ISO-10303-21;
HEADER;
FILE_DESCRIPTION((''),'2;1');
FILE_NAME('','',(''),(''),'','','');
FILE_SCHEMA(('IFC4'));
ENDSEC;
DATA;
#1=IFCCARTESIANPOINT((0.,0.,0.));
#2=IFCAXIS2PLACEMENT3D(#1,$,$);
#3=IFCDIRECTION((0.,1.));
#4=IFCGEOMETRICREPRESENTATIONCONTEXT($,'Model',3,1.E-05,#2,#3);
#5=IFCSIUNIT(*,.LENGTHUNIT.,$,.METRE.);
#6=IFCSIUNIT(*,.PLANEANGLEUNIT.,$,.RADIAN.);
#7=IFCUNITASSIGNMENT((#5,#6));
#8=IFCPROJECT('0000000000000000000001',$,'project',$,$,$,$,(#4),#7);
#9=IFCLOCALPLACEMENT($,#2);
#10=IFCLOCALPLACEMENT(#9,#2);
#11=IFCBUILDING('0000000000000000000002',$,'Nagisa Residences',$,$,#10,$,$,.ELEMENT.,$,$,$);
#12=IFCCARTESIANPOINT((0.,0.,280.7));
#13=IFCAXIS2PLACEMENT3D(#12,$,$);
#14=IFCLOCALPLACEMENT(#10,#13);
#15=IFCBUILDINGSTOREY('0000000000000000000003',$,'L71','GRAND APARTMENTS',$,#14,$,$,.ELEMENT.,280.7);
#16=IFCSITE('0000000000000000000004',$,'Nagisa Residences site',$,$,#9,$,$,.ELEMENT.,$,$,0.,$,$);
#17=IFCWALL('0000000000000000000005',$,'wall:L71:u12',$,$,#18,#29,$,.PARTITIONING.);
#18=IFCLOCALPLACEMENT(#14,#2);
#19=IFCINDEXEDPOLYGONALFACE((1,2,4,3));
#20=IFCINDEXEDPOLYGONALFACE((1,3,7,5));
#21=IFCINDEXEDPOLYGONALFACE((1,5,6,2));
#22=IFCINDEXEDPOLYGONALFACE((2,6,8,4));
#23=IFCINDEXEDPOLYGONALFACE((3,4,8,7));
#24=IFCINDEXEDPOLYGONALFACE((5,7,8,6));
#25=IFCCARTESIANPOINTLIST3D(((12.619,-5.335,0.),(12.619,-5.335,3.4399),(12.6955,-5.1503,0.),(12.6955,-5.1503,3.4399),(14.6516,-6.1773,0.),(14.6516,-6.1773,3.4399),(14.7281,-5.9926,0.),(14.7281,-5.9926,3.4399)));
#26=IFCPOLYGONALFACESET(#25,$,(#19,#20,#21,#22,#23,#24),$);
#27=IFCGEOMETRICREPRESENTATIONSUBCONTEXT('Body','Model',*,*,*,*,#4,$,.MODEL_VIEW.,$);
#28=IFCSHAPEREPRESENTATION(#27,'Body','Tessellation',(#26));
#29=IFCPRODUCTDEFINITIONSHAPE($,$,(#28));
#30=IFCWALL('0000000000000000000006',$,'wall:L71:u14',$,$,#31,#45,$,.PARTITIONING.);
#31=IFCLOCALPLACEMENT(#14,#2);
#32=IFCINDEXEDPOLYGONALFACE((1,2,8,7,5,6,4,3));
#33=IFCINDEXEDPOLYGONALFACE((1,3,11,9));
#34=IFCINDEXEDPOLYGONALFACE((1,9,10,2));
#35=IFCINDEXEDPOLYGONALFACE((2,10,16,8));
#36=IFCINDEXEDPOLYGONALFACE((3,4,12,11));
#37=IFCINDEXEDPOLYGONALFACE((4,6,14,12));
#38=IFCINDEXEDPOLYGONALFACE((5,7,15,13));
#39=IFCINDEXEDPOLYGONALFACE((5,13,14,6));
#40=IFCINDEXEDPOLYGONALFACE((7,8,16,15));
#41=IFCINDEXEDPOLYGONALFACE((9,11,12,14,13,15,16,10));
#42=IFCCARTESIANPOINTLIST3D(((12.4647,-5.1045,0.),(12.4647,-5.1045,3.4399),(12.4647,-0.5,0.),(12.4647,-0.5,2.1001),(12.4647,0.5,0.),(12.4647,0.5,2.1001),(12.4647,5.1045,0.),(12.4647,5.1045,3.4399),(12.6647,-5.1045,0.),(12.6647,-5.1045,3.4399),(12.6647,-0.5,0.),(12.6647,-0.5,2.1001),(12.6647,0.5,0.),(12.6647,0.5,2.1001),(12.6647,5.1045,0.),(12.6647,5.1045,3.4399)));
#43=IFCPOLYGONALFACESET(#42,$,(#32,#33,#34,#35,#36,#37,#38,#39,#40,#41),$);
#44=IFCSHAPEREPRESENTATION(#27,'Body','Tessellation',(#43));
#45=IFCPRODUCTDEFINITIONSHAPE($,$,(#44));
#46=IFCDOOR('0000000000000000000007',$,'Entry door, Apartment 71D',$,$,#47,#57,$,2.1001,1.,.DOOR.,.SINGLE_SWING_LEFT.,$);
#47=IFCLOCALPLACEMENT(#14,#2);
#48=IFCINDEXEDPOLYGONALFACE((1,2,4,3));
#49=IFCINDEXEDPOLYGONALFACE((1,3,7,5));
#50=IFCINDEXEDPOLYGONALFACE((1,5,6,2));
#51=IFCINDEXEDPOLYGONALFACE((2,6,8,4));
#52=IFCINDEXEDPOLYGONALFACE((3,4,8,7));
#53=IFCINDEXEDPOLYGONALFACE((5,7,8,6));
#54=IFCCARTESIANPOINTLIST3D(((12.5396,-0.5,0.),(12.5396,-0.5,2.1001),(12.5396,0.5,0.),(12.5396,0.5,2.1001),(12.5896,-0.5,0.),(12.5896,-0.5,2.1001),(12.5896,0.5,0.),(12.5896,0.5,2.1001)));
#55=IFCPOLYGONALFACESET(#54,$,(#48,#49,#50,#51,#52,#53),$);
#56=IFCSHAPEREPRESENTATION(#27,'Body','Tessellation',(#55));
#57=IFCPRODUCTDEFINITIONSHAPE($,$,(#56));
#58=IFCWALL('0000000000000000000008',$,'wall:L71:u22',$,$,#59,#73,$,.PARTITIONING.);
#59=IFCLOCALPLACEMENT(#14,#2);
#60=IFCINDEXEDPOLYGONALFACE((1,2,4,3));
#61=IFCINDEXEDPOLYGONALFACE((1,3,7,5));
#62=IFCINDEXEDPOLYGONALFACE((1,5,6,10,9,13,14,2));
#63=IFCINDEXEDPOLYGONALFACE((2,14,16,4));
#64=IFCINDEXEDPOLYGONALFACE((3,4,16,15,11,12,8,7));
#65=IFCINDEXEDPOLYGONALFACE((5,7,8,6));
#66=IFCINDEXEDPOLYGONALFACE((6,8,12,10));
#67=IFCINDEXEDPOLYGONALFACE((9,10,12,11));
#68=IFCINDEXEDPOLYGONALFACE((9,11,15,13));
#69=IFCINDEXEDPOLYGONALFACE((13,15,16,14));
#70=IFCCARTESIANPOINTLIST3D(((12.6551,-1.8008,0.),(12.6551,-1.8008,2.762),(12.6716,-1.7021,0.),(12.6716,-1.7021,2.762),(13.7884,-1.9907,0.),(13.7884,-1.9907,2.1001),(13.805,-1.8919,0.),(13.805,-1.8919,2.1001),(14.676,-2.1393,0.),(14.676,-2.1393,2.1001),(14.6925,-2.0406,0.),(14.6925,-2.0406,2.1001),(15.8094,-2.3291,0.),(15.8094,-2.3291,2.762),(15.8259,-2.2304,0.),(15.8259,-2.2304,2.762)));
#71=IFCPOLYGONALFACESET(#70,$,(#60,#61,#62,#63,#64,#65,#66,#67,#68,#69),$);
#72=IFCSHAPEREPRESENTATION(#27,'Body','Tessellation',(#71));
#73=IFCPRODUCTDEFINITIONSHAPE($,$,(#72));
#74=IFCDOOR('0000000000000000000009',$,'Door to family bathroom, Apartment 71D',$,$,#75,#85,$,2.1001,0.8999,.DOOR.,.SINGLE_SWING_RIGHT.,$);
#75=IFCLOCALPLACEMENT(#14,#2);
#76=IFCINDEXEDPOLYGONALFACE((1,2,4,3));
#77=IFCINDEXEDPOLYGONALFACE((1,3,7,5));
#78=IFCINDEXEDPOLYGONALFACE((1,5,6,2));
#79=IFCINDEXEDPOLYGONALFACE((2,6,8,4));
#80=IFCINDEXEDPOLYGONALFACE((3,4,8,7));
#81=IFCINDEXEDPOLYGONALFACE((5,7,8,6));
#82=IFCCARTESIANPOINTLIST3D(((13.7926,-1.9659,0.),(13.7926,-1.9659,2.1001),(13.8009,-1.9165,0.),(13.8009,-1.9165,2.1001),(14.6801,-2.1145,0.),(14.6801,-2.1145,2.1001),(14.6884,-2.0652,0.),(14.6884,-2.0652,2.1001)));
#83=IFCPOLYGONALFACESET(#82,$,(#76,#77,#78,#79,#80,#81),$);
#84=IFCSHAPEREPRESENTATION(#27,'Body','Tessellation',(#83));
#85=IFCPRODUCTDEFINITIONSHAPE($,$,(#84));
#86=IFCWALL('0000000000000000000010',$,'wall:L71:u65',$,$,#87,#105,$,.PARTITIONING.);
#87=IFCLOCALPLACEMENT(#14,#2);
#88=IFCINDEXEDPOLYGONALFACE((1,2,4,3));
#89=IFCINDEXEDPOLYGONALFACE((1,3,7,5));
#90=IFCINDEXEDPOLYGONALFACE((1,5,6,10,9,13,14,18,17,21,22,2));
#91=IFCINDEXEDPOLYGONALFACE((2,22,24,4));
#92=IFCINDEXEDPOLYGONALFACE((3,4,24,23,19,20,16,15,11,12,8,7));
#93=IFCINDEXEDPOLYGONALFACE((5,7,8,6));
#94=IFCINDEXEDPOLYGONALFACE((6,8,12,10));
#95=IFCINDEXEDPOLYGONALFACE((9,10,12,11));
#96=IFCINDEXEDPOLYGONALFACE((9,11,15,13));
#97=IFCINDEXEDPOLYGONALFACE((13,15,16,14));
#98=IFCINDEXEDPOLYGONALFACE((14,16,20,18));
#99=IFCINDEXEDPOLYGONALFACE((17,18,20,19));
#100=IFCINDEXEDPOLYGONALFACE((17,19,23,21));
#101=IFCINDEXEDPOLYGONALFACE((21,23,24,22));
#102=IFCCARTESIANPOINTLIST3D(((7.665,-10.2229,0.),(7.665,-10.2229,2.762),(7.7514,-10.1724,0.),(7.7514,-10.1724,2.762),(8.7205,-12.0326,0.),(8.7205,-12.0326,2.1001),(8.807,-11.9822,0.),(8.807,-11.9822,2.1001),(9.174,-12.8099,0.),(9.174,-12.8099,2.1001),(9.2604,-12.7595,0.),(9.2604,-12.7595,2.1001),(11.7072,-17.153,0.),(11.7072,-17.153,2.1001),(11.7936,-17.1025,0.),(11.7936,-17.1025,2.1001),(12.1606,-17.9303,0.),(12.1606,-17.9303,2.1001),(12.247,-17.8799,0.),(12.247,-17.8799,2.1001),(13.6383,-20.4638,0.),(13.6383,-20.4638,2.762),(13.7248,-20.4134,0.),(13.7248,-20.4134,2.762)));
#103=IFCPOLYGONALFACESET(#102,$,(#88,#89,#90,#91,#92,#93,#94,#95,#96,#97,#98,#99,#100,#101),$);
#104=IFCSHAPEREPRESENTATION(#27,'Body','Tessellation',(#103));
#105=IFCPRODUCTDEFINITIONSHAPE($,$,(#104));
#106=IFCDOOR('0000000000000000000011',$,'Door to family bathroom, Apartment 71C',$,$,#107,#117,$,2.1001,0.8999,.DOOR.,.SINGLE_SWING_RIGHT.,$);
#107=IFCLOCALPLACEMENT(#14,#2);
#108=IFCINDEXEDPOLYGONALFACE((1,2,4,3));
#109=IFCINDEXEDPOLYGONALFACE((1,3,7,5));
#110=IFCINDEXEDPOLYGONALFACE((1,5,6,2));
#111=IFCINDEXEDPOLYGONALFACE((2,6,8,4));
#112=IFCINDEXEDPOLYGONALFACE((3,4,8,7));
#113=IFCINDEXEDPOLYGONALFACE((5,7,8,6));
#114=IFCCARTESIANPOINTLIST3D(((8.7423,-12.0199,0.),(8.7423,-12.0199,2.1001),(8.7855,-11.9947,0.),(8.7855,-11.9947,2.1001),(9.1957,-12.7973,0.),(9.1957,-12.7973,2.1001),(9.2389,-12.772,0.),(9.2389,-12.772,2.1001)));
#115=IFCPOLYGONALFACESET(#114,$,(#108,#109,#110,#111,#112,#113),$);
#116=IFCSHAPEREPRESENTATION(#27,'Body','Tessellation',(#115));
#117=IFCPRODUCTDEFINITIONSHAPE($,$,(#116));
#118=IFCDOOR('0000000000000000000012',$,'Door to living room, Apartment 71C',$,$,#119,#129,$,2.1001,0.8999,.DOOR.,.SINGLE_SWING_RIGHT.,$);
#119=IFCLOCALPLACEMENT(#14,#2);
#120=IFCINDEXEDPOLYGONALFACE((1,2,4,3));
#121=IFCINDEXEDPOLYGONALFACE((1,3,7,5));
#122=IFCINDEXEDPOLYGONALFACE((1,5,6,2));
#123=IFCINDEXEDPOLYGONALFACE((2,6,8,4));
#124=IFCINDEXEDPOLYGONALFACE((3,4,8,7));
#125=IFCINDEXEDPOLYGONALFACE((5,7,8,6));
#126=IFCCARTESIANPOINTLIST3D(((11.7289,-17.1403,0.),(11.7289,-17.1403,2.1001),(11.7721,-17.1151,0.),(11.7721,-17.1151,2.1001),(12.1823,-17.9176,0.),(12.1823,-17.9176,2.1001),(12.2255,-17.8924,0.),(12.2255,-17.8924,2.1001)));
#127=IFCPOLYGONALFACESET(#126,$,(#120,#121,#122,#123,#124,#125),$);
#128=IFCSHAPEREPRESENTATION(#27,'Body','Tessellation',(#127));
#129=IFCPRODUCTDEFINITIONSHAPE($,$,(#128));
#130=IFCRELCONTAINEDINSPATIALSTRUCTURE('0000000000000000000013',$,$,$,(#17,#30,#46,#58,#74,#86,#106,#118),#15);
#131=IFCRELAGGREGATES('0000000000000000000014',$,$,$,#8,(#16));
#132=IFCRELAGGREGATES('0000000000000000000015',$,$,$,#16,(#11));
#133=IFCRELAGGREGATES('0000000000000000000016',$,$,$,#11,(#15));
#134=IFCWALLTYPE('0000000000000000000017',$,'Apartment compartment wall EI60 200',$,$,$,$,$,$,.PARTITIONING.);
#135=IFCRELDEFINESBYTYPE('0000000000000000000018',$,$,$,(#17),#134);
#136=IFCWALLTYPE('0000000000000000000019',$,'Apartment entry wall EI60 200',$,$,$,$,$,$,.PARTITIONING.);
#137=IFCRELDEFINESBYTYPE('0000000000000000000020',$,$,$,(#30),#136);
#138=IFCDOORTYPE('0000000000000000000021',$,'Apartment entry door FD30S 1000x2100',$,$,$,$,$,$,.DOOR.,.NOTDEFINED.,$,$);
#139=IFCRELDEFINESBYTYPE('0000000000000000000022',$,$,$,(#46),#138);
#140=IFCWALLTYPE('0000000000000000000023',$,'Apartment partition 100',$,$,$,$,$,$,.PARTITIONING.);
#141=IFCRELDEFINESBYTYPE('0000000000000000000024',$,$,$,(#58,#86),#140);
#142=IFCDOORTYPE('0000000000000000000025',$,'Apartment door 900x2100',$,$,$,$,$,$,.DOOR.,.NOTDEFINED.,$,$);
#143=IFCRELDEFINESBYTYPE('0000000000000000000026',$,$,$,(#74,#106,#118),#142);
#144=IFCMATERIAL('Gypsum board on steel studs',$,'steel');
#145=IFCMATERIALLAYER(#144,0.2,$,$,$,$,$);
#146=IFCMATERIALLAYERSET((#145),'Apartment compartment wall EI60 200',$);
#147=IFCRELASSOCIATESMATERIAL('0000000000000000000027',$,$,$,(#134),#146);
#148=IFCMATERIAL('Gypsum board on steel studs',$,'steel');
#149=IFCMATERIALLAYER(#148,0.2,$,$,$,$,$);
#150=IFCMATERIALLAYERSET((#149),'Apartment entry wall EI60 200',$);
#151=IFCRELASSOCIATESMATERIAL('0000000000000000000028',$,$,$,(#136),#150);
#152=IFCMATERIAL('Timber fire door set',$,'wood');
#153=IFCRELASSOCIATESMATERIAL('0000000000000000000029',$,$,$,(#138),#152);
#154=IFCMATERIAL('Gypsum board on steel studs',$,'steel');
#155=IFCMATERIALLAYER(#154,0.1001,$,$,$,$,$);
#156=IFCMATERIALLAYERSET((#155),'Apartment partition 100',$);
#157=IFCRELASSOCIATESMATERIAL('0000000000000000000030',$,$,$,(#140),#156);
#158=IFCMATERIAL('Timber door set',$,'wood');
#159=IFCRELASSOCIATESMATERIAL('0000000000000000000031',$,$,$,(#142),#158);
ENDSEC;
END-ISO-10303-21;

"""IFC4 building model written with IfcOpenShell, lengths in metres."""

from ifc_helpers import new_model, si_unit, direction, frame, frame_2d, origin, place, context, subcontext, project, spatial, rectangle, extrude, material, layer, layer_set, type_object, element, fill, save


model = new_model("IFC4")

# Units and contexts
model_context = context("Model", 3, precision=1e-05, world=origin(), true_north=direction((0.0, 1.0)))
body_context = subcontext(model_context, "Body", "Model", "MODEL_VIEW")
ifc_project = project(units=[si_unit("LENGTHUNIT", "METRE"), si_unit("PLANEANGLEUNIT", "RADIAN")], contexts=[model_context])

# Site, building, storey
site_placement = place(None, origin())
site = spatial("IfcSite", under=ifc_project, at=site_placement, Name="Nagisa Residences site", CompositionType="ELEMENT", RefElevation=0.0)
building_placement = place(site_placement, origin())
building = spatial("IfcBuilding", under=site, at=building_placement, Name="Nagisa Residences", CompositionType="ELEMENT")
storey_placement = place(building_placement, frame((0.0, 0.0, 280.7)))
storey = spatial("IfcBuildingStorey", under=building, at=storey_placement, Name="L71", Description="GRAND APARTMENTS", CompositionType="ELEMENT", Elevation=280.7)

# Wall
ifc_material_1 = material(Name="Gypsum board on steel studs", Category="steel")
ifc_layer_1 = layer(ifc_material_1, 0.2)
ifc_layer_set_1 = layer_set([ifc_layer_1], Name="Apartment compartment wall EI60 200")
wall_type_1 = type_object("IfcWallType", Name="Apartment compartment wall EI60 200", PredefinedType="PARTITIONING", material=ifc_layer_set_1)
wall_1_placement = place(storey_placement, frame((12.6572, -5.2427, 0.0), z_axis=(0.0, 0.0, 1.0), x_axis=(0.92383, -0.382803, 0.0)))
element("IfcWall", 1, at=wall_1_placement, inside=storey, type_object=wall_type_1, Name="wall:L71:u12", PredefinedType="PARTITIONING", context=body_context, shape_type="SweptSolid", body=[
    extrude(rectangle(XDim=2.2002, YDim=0.2, at=frame_2d((1.1001, 0.0))), origin(), (0.0, 0.0, 1.0), 3.4399),
])

# Walls, openings, doors
ifc_material_2 = material(Name="Gypsum board on steel studs", Category="steel")
ifc_layer_2 = layer(ifc_material_2, 0.2)
ifc_layer_set_2 = layer_set([ifc_layer_2], Name="Apartment entry wall EI60 200")
wall_type_2 = type_object("IfcWallType", Name="Apartment entry wall EI60 200", PredefinedType="PARTITIONING", material=ifc_layer_set_2)
wall_2_placement = place(storey_placement, frame((12.5647, -5.1045, 0.0), z_axis=(0.0, 0.0, 1.0), x_axis=(0.0, 1.0, 0.0)))
wall_2 = element("IfcWall", 2, at=wall_2_placement, inside=storey, type_object=wall_type_2, Name="wall:L71:u14", PredefinedType="PARTITIONING", context=body_context, shape_type="SweptSolid", body=[
    extrude(rectangle(XDim=10.209, YDim=0.2, at=frame_2d((5.1045, 0.0))), origin(), (0.0, 0.0, 1.0), 3.4399),
])
opening_1_placement = place(wall_2_placement, frame((4.6045, 0.0, 0.0)))
opening_1 = element("IfcOpeningElement", 3, at=opening_1_placement, cuts=wall_2, PredefinedType="OPENING", context=body_context, shape_type="SweptSolid", body=[
    extrude(rectangle(XDim=1.0, YDim=2.1001, at=frame_2d((0.5, 1.05))), frame((0.0, 0.1099, 0.0), z_axis=(0.0, -1.0, 0.0), x_axis=(1.0, 0.0, 0.0)), (0.0, 0.0, 1.0), 0.22),
])
ifc_material_3 = material(Name="Timber fire door set", Category="wood")
door_type_1 = type_object("IfcDoorType", Name="Apartment entry door FD30S 1000x2100", OperationType="NOTDEFINED", PredefinedType="DOOR", material=ifc_material_3)
door_1_placement = place(opening_1_placement, frame((1.0, 0.0, 0.0), x_axis=(-1.0, 0.0, 0.0)))
door_1 = element("IfcDoor", 4, at=door_1_placement, inside=storey, type_object=door_type_1, Name="Entry door, Apartment 71D", OperationType="SINGLE_SWING_LEFT", OverallHeight=2.1001, OverallWidth=1.0, PredefinedType="DOOR", context=body_context, shape_type="SweptSolid", body=[
    extrude(rectangle(XDim=1.0, YDim=2.1001, at=frame_2d((0.5, 1.05))), frame((0.0, 0.0249, 0.0), z_axis=(0.0, -1.0, 0.0), x_axis=(1.0, 0.0, 0.0)), (0.0, 0.0, 1.0), 0.05),
])
fill(opening_1, door_1)
ifc_material_4 = material(Name="Gypsum board on steel studs", Category="steel")
ifc_layer_3 = layer(ifc_material_4, 0.1001)
ifc_layer_set_3 = layer_set([ifc_layer_3], Name="Apartment partition 100")
wall_type_3 = type_object("IfcWallType", Name="Apartment partition 100", PredefinedType="PARTITIONING", material=ifc_layer_set_3)
wall_3_placement = place(storey_placement, frame((12.6633, -1.7515, 0.0), z_axis=(0.0, 0.0, 1.0), x_axis=(0.986262, -0.165191, 0.0)))
wall_3 = element("IfcWall", 5, at=wall_3_placement, inside=storey, type_object=wall_type_3, Name="wall:L71:u22", PredefinedType="PARTITIONING", context=body_context, shape_type="SweptSolid", body=[
    extrude(rectangle(XDim=3.1982, YDim=0.1001, at=frame_2d((1.5991, 0.0))), origin(), (0.0, 0.0, 1.0), 2.762),
])
opening_2_placement = place(wall_3_placement, frame((1.1492, 0.0, 0.0)))
opening_2 = element("IfcOpeningElement", 6, at=opening_2_placement, cuts=wall_3, PredefinedType="OPENING", context=body_context, shape_type="SweptSolid", body=[
    extrude(rectangle(XDim=0.8999, YDim=2.1001, at=frame_2d((0.45, 1.05))), frame((0.0, 0.0601, 0.0), z_axis=(0.0, -1.0, 0.0), x_axis=(1.0, 0.0, 0.0)), (0.0, 0.0, 1.0), 0.1201),
])
ifc_material_5 = material(Name="Timber door set", Category="wood")
door_type_2 = type_object("IfcDoorType", Name="Apartment door 900x2100", OperationType="NOTDEFINED", PredefinedType="DOOR", material=ifc_material_5)
door_2_placement = place(opening_2_placement, frame((0.8999, 0.0, 0.0), x_axis=(-1.0, 0.0, 0.0)))
door_2 = element("IfcDoor", 7, at=door_2_placement, inside=storey, type_object=door_type_2, Name="Door to family bathroom, Apartment 71D", OperationType="SINGLE_SWING_RIGHT", OverallHeight=2.1001, OverallWidth=0.8999, PredefinedType="DOOR", context=body_context, shape_type="SweptSolid", body=[
    extrude(rectangle(XDim=0.8999, YDim=2.1001, at=frame_2d((0.45, 1.05))), frame((0.0, 0.0249, 0.0), z_axis=(0.0, -1.0, 0.0), x_axis=(1.0, 0.0, 0.0)), (0.0, 0.0, 1.0), 0.05),
])
fill(opening_2, door_2)

# Wall, openings, doors
wall_4_placement = place(storey_placement, frame((7.7083, -10.1978, 0.0), z_axis=(0.0, 0.0, 1.0), x_axis=(0.503839, -0.863798, 0.0)))
wall_4 = element("IfcWall", 8, at=wall_4_placement, inside=storey, type_object=wall_type_3, Name="wall:L71:u65", PredefinedType="PARTITIONING", context=body_context, shape_type="SweptSolid", body=[
    extrude(rectangle(XDim=11.8557, YDim=0.1001, at=frame_2d((5.9277, 0.0))), origin(), (0.0, 0.0, 1.0), 2.762),
])
opening_3_placement = place(wall_4_placement, frame((2.095, 0.0, 0.0)))
opening_3 = element("IfcOpeningElement", 9, at=opening_3_placement, cuts=wall_4, PredefinedType="OPENING", context=body_context, shape_type="SweptSolid", body=[
    extrude(rectangle(XDim=0.8999, YDim=2.1001, at=frame_2d((0.45, 1.05))), frame((0.0, 0.0601, 0.0), z_axis=(0.0, -1.0, 0.0), x_axis=(1.0, 0.0, 0.0)), (0.0, 0.0, 1.0), 0.1201),
])
opening_4_placement = place(wall_4_placement, frame((8.0227, 0.0, 0.0)))
opening_4 = element("IfcOpeningElement", 10, at=opening_4_placement, cuts=wall_4, PredefinedType="OPENING", context=body_context, shape_type="SweptSolid", body=[
    extrude(rectangle(XDim=0.8999, YDim=2.1001, at=frame_2d((0.45, 1.05))), frame((0.0, 0.0601, 0.0), z_axis=(0.0, -1.0, 0.0), x_axis=(1.0, 0.0, 0.0)), (0.0, 0.0, 1.0), 0.1201),
])
door_3_placement = place(opening_3_placement, frame((0.8999, 0.0, 0.0), x_axis=(-1.0, 0.0, 0.0)))
door_3 = element("IfcDoor", 11, at=door_3_placement, inside=storey, type_object=door_type_2, Name="Door to family bathroom, Apartment 71C", OperationType="SINGLE_SWING_RIGHT", OverallHeight=2.1001, OverallWidth=0.8999, PredefinedType="DOOR", context=body_context, shape_type="SweptSolid", body=[
    extrude(rectangle(XDim=0.8999, YDim=2.1001, at=frame_2d((0.45, 1.05))), frame((0.0, 0.0249, 0.0), z_axis=(0.0, -1.0, 0.0), x_axis=(1.0, 0.0, 0.0)), (0.0, 0.0, 1.0), 0.05),
])
fill(opening_3, door_3)
door_4_placement = place(opening_4_placement, frame((0.8999, 0.0, 0.0), x_axis=(-1.0, 0.0, 0.0)))
door_4 = element("IfcDoor", 12, at=door_4_placement, inside=storey, type_object=door_type_2, Name="Door to living room, Apartment 71C", OperationType="SINGLE_SWING_RIGHT", OverallHeight=2.1001, OverallWidth=0.8999, PredefinedType="DOOR", context=body_context, shape_type="SweptSolid", body=[
    extrude(rectangle(XDim=0.8999, YDim=2.1001, at=frame_2d((0.45, 1.05))), frame((0.0, 0.0249, 0.0), z_axis=(0.0, -1.0, 0.0), x_axis=(1.0, 0.0, 0.0)), (0.0, 0.0, 1.0), 0.05),
])
fill(opening_4, door_4)

save(model, "model.ifc")
